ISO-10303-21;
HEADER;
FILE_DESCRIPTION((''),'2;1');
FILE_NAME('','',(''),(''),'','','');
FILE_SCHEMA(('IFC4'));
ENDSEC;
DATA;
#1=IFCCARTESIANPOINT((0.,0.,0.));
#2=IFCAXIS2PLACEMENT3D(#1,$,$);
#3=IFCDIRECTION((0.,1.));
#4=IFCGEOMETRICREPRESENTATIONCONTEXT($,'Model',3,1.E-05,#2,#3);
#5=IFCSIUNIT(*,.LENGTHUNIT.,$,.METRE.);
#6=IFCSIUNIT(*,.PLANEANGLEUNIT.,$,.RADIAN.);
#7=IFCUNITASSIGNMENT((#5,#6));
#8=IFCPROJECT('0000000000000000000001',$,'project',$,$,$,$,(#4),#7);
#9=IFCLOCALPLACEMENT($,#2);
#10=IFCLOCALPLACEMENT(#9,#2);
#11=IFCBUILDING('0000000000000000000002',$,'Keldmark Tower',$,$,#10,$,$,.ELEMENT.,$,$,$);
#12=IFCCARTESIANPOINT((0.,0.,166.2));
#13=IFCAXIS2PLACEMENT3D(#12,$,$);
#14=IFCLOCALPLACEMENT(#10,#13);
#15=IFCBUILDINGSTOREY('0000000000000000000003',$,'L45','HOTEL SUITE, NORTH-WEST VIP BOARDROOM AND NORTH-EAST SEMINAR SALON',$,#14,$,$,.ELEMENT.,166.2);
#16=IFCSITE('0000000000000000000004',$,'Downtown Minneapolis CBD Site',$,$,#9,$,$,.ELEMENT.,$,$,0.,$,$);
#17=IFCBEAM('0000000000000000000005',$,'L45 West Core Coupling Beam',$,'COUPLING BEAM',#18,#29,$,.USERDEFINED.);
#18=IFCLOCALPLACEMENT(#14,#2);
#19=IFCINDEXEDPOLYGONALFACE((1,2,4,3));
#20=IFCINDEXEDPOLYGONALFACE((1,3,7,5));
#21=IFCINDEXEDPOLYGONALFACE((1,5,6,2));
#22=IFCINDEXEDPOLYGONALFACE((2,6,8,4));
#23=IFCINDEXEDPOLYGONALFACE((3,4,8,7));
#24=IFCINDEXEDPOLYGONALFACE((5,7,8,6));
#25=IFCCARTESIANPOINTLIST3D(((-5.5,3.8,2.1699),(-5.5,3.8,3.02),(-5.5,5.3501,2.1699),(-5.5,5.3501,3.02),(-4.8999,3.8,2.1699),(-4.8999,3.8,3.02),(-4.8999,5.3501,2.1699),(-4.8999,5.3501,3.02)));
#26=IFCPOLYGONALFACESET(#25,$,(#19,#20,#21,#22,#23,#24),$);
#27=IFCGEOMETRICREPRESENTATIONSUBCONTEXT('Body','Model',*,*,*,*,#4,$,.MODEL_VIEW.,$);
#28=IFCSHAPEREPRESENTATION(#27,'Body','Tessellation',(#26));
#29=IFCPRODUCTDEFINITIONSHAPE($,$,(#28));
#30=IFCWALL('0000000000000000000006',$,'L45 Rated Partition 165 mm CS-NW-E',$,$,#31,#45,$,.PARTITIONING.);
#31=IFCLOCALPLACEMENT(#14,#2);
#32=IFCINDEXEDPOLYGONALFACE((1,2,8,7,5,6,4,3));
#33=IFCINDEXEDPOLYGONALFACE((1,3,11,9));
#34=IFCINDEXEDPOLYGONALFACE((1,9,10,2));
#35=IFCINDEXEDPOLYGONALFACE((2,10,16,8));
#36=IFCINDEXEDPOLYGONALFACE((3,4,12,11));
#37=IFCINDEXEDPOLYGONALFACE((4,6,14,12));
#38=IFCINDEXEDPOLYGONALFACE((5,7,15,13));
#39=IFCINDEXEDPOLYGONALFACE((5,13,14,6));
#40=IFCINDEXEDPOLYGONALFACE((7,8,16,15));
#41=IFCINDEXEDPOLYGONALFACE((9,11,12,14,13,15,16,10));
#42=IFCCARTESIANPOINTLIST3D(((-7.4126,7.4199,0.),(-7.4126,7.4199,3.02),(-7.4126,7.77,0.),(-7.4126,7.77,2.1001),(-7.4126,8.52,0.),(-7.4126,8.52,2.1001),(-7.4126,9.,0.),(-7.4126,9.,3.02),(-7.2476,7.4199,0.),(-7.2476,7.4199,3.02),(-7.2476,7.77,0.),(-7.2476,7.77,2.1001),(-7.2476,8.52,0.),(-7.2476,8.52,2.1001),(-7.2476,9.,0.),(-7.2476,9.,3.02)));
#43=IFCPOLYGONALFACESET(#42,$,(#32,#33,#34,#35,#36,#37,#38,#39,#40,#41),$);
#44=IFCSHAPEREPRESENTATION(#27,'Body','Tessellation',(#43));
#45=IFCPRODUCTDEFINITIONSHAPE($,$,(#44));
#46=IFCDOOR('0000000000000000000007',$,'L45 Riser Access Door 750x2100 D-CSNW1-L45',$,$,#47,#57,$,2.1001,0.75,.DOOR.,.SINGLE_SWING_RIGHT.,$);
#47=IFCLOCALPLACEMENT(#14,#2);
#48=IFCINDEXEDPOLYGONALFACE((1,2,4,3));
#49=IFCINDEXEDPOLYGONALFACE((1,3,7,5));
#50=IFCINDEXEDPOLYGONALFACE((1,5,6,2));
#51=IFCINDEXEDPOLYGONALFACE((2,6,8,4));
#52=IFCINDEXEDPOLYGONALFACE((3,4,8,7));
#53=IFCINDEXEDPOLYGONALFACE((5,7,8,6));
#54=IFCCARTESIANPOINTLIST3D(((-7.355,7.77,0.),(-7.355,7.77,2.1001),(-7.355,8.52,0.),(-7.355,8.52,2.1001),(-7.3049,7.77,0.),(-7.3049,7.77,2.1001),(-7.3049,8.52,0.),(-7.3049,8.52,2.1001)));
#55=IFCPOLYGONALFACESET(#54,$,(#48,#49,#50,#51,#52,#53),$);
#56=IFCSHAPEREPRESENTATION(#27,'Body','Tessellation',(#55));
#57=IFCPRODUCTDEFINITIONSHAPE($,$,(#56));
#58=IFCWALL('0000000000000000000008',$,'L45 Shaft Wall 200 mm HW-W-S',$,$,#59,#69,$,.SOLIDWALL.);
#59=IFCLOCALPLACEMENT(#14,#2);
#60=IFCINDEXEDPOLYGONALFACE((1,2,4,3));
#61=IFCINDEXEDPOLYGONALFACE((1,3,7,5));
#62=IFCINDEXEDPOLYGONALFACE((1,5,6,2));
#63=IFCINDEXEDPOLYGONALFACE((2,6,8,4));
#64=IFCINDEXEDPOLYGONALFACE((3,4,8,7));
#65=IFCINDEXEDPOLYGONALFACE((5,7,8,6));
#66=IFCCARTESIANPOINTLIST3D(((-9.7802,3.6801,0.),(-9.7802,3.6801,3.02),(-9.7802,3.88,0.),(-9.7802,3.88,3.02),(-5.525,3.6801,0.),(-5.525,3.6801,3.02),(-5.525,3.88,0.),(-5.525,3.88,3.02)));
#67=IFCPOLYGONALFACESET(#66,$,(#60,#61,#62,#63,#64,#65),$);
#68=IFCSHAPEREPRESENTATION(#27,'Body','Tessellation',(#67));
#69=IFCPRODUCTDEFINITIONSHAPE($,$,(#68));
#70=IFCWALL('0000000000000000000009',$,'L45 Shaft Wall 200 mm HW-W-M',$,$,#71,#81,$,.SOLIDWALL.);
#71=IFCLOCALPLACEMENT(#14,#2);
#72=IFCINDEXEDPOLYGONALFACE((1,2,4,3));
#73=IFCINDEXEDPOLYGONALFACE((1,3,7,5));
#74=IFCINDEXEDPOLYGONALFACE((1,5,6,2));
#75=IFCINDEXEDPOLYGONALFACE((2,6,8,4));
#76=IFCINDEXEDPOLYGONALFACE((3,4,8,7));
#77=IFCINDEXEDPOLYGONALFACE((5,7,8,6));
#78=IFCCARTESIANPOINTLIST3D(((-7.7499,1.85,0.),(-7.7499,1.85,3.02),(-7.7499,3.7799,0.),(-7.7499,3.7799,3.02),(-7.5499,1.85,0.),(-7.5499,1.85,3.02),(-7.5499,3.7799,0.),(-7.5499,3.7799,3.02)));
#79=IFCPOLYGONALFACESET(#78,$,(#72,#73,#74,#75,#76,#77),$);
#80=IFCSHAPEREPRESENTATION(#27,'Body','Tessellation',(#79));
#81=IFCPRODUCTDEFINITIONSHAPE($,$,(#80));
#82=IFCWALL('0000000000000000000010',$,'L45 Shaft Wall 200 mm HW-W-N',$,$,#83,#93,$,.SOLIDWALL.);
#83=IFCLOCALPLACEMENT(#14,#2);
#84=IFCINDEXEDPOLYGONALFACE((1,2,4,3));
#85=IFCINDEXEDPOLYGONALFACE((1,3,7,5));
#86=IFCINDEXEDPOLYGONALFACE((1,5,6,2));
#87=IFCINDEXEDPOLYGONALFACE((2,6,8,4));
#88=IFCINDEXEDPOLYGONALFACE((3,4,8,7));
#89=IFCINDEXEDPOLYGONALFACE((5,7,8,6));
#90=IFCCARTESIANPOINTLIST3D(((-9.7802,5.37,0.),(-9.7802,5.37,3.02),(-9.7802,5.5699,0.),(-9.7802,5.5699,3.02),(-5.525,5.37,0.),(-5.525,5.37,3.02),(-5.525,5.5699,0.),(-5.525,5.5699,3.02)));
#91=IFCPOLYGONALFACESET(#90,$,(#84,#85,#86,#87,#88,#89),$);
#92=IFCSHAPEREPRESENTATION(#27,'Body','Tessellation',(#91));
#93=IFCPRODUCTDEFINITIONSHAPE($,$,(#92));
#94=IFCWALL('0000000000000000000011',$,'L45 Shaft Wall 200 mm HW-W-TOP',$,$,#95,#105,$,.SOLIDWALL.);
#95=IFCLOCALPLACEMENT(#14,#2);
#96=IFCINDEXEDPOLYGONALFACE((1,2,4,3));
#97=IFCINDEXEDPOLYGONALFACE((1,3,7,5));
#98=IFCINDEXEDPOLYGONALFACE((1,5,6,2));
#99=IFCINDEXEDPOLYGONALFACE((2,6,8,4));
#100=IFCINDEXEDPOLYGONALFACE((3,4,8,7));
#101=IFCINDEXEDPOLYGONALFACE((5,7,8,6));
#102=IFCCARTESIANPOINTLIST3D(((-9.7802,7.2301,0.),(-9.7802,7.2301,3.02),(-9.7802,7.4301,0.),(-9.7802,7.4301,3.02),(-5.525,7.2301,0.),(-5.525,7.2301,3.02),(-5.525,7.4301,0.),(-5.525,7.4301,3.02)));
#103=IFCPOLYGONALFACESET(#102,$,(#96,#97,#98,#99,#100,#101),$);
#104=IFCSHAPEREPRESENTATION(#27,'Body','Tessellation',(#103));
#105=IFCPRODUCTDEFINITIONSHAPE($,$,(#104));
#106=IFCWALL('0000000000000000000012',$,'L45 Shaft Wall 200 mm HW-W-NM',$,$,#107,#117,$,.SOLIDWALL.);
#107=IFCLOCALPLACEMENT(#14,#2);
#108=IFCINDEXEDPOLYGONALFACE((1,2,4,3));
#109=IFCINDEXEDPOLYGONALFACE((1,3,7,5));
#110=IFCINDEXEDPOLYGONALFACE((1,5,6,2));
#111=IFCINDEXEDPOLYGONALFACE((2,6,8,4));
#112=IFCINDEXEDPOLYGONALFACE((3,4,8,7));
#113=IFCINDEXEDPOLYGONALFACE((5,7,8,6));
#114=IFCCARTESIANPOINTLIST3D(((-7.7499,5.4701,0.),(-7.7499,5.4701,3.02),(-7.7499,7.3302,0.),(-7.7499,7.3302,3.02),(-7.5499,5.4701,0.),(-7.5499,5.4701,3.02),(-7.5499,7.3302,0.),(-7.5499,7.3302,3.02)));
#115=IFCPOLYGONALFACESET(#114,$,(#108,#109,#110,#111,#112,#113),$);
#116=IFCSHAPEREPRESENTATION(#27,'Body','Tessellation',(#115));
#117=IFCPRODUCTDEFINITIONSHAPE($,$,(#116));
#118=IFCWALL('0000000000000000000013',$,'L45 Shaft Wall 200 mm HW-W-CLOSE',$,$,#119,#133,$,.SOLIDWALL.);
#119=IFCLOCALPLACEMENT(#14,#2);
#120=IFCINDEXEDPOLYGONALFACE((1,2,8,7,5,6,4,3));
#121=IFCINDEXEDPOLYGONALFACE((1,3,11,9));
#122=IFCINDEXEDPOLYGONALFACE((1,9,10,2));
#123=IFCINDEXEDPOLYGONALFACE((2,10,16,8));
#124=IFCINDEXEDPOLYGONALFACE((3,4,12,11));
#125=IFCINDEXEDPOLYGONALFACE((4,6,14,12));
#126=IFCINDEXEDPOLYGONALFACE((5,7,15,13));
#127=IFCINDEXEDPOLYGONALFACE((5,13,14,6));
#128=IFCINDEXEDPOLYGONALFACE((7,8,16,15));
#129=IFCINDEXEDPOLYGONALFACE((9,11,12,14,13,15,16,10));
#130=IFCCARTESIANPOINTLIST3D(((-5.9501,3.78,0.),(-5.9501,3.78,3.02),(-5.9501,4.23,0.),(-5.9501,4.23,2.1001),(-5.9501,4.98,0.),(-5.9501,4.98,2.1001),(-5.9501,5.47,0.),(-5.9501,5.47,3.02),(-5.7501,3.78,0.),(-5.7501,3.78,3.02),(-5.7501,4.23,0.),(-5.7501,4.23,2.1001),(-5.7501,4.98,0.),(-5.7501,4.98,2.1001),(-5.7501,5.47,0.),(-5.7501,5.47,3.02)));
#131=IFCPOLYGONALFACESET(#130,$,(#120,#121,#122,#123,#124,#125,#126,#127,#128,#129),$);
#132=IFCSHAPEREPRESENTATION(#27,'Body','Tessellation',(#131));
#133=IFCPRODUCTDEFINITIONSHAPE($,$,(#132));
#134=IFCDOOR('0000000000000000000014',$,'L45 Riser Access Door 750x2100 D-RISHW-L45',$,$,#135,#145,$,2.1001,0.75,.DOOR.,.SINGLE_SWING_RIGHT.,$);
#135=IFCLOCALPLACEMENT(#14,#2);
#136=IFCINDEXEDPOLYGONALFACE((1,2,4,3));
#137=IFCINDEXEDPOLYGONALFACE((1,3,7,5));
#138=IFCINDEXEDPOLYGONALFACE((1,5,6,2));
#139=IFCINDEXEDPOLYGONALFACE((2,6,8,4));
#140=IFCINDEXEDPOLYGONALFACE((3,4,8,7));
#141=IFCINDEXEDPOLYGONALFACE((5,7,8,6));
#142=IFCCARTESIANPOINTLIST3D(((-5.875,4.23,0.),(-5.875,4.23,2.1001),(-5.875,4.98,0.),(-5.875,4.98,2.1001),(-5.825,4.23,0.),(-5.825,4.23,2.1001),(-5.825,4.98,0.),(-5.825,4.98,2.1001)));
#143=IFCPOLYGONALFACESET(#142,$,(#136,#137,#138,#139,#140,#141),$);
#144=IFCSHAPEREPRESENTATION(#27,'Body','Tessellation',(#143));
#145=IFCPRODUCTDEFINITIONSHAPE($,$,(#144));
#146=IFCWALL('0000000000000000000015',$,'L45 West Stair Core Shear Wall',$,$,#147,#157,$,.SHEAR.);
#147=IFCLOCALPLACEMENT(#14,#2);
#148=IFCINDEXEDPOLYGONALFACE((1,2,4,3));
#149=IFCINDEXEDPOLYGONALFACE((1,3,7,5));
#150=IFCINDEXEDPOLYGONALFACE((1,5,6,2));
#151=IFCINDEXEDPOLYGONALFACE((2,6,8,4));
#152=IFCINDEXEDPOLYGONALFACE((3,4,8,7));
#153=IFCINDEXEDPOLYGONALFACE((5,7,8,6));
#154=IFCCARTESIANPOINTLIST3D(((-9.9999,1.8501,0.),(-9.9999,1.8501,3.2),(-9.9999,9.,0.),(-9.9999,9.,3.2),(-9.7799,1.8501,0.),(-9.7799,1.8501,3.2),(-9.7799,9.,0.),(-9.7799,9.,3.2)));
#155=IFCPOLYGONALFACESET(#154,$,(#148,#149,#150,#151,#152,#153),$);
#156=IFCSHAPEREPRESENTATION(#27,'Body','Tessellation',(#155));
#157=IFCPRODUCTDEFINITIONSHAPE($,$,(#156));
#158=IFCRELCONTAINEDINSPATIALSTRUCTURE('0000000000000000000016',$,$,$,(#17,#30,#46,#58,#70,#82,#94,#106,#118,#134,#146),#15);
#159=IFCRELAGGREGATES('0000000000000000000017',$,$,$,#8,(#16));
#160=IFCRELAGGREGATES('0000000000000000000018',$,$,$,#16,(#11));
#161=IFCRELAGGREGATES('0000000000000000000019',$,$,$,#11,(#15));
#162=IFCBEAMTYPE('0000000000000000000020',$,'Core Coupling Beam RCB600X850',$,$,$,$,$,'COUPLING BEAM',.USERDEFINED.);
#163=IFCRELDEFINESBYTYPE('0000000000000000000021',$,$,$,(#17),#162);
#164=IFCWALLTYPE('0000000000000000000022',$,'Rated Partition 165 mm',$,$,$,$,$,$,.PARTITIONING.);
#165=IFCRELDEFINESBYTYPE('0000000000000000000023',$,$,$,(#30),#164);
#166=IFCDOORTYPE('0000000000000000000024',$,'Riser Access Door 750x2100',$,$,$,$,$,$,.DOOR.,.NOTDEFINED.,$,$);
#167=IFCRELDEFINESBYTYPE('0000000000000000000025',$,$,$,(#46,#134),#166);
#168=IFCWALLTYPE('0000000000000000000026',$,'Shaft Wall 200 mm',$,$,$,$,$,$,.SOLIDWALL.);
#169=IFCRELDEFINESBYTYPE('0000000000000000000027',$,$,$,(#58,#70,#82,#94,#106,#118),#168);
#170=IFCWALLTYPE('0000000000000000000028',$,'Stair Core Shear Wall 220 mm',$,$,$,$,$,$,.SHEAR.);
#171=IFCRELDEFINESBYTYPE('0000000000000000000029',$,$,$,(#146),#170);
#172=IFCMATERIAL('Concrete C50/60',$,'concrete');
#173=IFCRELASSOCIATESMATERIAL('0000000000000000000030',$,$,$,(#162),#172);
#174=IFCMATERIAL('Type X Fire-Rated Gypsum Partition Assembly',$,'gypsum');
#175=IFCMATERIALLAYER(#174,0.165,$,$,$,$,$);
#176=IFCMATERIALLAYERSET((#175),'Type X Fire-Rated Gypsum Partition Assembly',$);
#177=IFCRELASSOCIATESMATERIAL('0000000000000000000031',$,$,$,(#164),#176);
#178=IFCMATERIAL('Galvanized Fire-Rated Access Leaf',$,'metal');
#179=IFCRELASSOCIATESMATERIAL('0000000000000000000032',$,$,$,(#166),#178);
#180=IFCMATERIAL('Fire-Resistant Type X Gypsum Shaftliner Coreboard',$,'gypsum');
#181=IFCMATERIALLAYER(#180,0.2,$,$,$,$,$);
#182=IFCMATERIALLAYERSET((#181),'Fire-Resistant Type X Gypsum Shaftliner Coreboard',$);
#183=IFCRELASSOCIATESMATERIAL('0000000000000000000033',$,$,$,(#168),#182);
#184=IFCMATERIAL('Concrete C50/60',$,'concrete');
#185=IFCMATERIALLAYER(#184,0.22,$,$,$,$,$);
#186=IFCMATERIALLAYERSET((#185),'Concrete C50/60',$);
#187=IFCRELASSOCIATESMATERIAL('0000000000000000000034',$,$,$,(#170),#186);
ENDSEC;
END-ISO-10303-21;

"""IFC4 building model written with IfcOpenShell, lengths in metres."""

from ifc_helpers import new_model, si_unit, direction, frame, frame_2d, origin, origin_2d, place, context, subcontext, project, spatial, rectangle, extrude, material, layer, layer_set, material_profile, profile_set, type_object, element, fill, save


model = new_model("IFC4")

# Units and contexts
model_context = context("Model", 3, precision=1e-05, world=origin(), true_north=direction((0.0, 1.0)))
body_context = subcontext(model_context, "Body", "Model", "MODEL_VIEW")
ifc_project = project(units=[si_unit("LENGTHUNIT", "METRE"), si_unit("PLANEANGLEUNIT", "RADIAN")], contexts=[model_context])

# Site, building, storey
site_placement = place(None, origin())
site = spatial("IfcSite", under=ifc_project, at=site_placement, Name="Downtown Minneapolis CBD Site", CompositionType="ELEMENT", RefElevation=0.0)
building_placement = place(site_placement, origin())
building = spatial("IfcBuilding", under=site, at=building_placement, Name="Keldmark Tower", CompositionType="ELEMENT")
storey_placement = place(building_placement, frame((0.0, 0.0, 166.2)))
storey = spatial("IfcBuildingStorey", under=building, at=storey_placement, Name="L45", Description="HOTEL SUITE, NORTH-WEST VIP BOARDROOM AND NORTH-EAST SEMINAR SALON", CompositionType="ELEMENT", Elevation=166.2)

# Beam
ifc_material_1 = material(Name="Concrete C50/60", Category="concrete")
ifc_material_profile = material_profile(ifc_material_1, rectangle(XDim=0.6001, YDim=0.8501, at=origin_2d()), Name="RCB600X850")
ifc_profile_set = profile_set([ifc_material_profile], Name="Concrete C50/60")
beam_type = type_object("IfcBeamType", Name="Core Coupling Beam RCB600X850", ElementType="COUPLING BEAM", PredefinedType="USERDEFINED", material=ifc_profile_set)
beam_placement = place(storey_placement, frame((-5.2, 3.8, 2.595), z_axis=(0.0, 1.0, 0.0), x_axis=(-1.0, 0.0, 0.0)))
element("IfcBeam", 1, at=beam_placement, inside=storey, type_object=beam_type, Name="L45 West Core Coupling Beam", ObjectType="COUPLING BEAM", PredefinedType="USERDEFINED", context=body_context, shape_type="SweptSolid", body=[
    extrude(rectangle(XDim=0.6001, YDim=0.8501, at=origin_2d()), origin(), (0.0, 0.0, 1.0), 1.55),
])

# Wall, opening, door
ifc_material_2 = material(Name="Type X Fire-Rated Gypsum Partition Assembly", Category="gypsum")
ifc_layer_1 = layer(ifc_material_2, 0.165)
ifc_layer_set_1 = layer_set([ifc_layer_1], Name="Type X Fire-Rated Gypsum Partition Assembly")
wall_type_1 = type_object("IfcWallType", Name="Rated Partition 165 mm", PredefinedType="PARTITIONING", material=ifc_layer_set_1)
wall_1_placement = place(storey_placement, frame((-7.3301, 7.4199, 0.0), z_axis=(0.0, 0.0, 1.0), x_axis=(0.0, 1.0, 0.0)))
wall_1 = element("IfcWall", 2, at=wall_1_placement, inside=storey, type_object=wall_type_1, Name="L45 Rated Partition 165 mm CS-NW-E", PredefinedType="PARTITIONING", context=body_context, shape_type="SweptSolid", body=[
    extrude(rectangle(XDim=1.5801, YDim=0.165, at=frame_2d((0.79, 0.0))), origin(), (0.0, 0.0, 1.0), 3.02),
])
opening_1_placement = place(wall_1_placement, frame((0.3501, 0.0, 0.0)))
opening_1 = element("IfcOpeningElement", 3, at=opening_1_placement, cuts=wall_1, PredefinedType="OPENING", context=body_context, shape_type="SweptSolid", body=[
    extrude(rectangle(XDim=0.75, YDim=2.1001, at=frame_2d((0.375, 1.05))), frame((0.0, 0.0925, 0.0), z_axis=(0.0, -1.0, 0.0), x_axis=(1.0, 0.0, 0.0)), (0.0, 0.0, 1.0), 0.1851),
])
ifc_material_3 = material(Name="Galvanized Fire-Rated Access Leaf", Category="metal")
door_type = type_object("IfcDoorType", Name="Riser Access Door 750x2100", OperationType="NOTDEFINED", PredefinedType="DOOR", material=ifc_material_3)
door_1_placement = place(opening_1_placement, origin())
door_1 = element("IfcDoor", 4, at=door_1_placement, inside=storey, type_object=door_type, Name="L45 Riser Access Door 750x2100 D-CSNW1-L45", OperationType="SINGLE_SWING_RIGHT", OverallHeight=2.1001, OverallWidth=0.75, PredefinedType="DOOR", context=body_context, shape_type="SweptSolid", body=[
    extrude(rectangle(XDim=0.75, YDim=2.1001, at=frame_2d((0.375, 1.05))), frame((0.0, 0.0249, 0.0), z_axis=(0.0, -1.0, 0.0), x_axis=(1.0, 0.0, 0.0)), (0.0, 0.0, 1.0), 0.05),
])
fill(opening_1, door_1)

# Walls
ifc_material_4 = material(Name="Fire-Resistant Type X Gypsum Shaftliner Coreboard", Category="gypsum")
ifc_layer_2 = layer(ifc_material_4, 0.2)
ifc_layer_set_2 = layer_set([ifc_layer_2], Name="Fire-Resistant Type X Gypsum Shaftliner Coreboard")
wall_type_2 = type_object("IfcWallType", Name="Shaft Wall 200 mm", PredefinedType="SOLIDWALL", material=ifc_layer_set_2)
wall_2_placement = place(storey_placement, frame((-9.78, 3.78, 0.0), z_axis=(0.0, 0.0, 1.0), x_axis=(1.0, 0.0, 0.0)))
element("IfcWall", 5, at=wall_2_placement, inside=storey, type_object=wall_type_2, Name="L45 Shaft Wall 200 mm HW-W-S", PredefinedType="SOLIDWALL", context=body_context, shape_type="SweptSolid", body=[
    extrude(rectangle(XDim=4.2551, YDim=0.2, at=frame_2d((2.1274, 0.0))), origin(), (0.0, 0.0, 1.0), 3.02),
])
wall_3_placement = place(storey_placement, frame((-7.6499, 1.8501, 0.0), z_axis=(0.0, 0.0, 1.0), x_axis=(0.0, 1.0, 0.0)))
element("IfcWall", 6, at=wall_3_placement, inside=storey, type_object=wall_type_2, Name="L45 Shaft Wall 200 mm HW-W-M", PredefinedType="SOLIDWALL", context=body_context, shape_type="SweptSolid", body=[
    extrude(rectangle(XDim=1.9299, YDim=0.2, at=frame_2d((0.9648, 0.0))), origin(), (0.0, 0.0, 1.0), 3.02),
])
for number, where, z_axis, x_axis, name in (
    (7, (-9.78, 5.47, 0.0), (0.0, 0.0, 1.0), (1.0, 0.0, 0.0), "L45 Shaft Wall 200 mm HW-W-N"),
    (8, (-9.78, 7.3301, 0.0), (0.0, 0.0, 1.0), (1.0, 0.0, 0.0), "L45 Shaft Wall 200 mm HW-W-TOP"),
):
    element("IfcWall", number, at=place(storey_placement, frame(where, z_axis=z_axis, x_axis=x_axis)), inside=storey, type_object=wall_type_2, Name=name, PredefinedType="SOLIDWALL", context=body_context, shape_type="SweptSolid", body=[
        extrude(rectangle(XDim=4.2551, YDim=0.2, at=frame_2d((2.1274, 0.0))), origin(), (0.0, 0.0, 1.0), 3.02),
    ])
wall_4_placement = place(storey_placement, frame((-7.6499, 5.47, 0.0), z_axis=(0.0, 0.0, 1.0), x_axis=(0.0, 1.0, 0.0)))
element("IfcWall", 9, at=wall_4_placement, inside=storey, type_object=wall_type_2, Name="L45 Shaft Wall 200 mm HW-W-NM", PredefinedType="SOLIDWALL", context=body_context, shape_type="SweptSolid", body=[
    extrude(rectangle(XDim=1.8601, YDim=0.2, at=frame_2d((0.9302, 0.0))), origin(), (0.0, 0.0, 1.0), 3.02),
])

# Wall, opening, door
wall_5_placement = place(storey_placement, frame((-5.8501, 3.78, 0.0), z_axis=(0.0, 0.0, 1.0), x_axis=(0.0, 1.0, 0.0)))
wall_5 = element("IfcWall", 10, at=wall_5_placement, inside=storey, type_object=wall_type_2, Name="L45 Shaft Wall 200 mm HW-W-CLOSE", PredefinedType="SOLIDWALL", context=body_context, shape_type="SweptSolid", body=[
    extrude(rectangle(XDim=1.6899, YDim=0.2, at=frame_2d((0.845, 0.0))), origin(), (0.0, 0.0, 1.0), 3.02),
])
opening_2_placement = place(wall_5_placement, frame((0.45, 0.0, 0.0)))
opening_2 = element("IfcOpeningElement", 11, at=opening_2_placement, cuts=wall_5, PredefinedType="OPENING", context=body_context, shape_type="SweptSolid", body=[
    extrude(rectangle(XDim=0.75, YDim=2.1001, at=frame_2d((0.375, 1.05))), frame((0.0, 0.1099, 0.0), z_axis=(0.0, -1.0, 0.0), x_axis=(1.0, 0.0, 0.0)), (0.0, 0.0, 1.0), 0.22),
])
door_2_placement = place(opening_2_placement, origin())
door_2 = element("IfcDoor", 12, at=door_2_placement, inside=storey, type_object=door_type, Name="L45 Riser Access Door 750x2100 D-RISHW-L45", OperationType="SINGLE_SWING_RIGHT", OverallHeight=2.1001, OverallWidth=0.75, PredefinedType="DOOR", context=body_context, shape_type="SweptSolid", body=[
    extrude(rectangle(XDim=0.75, YDim=2.1001, at=frame_2d((0.375, 1.05))), frame((0.0, 0.0249, 0.0), z_axis=(0.0, -1.0, 0.0), x_axis=(1.0, 0.0, 0.0)), (0.0, 0.0, 1.0), 0.05),
])
fill(opening_2, door_2)

# Wall
ifc_material_5 = material(Name="Concrete C50/60", Category="concrete")
ifc_layer_3 = layer(ifc_material_5, 0.22)
ifc_layer_set_3 = layer_set([ifc_layer_3], Name="Concrete C50/60")
wall_type_3 = type_object("IfcWallType", Name="Stair Core Shear Wall 220 mm", PredefinedType="SHEAR", material=ifc_layer_set_3)
wall_6_placement = place(storey_placement, frame((-9.8899, 1.8501, 0.0), z_axis=(0.0, 0.0, 1.0), x_axis=(0.0, 1.0, 0.0)))
element("IfcWall", 13, at=wall_6_placement, inside=storey, type_object=wall_type_3, Name="L45 West Stair Core Shear Wall", PredefinedType="SHEAR", context=body_context, shape_type="SweptSolid", body=[
    extrude(rectangle(XDim=7.1499, YDim=0.22, at=frame_2d((3.575, 0.0))), origin(), (0.0, 0.0, 1.0), 3.2),
])

save(model, "model.ifc")
